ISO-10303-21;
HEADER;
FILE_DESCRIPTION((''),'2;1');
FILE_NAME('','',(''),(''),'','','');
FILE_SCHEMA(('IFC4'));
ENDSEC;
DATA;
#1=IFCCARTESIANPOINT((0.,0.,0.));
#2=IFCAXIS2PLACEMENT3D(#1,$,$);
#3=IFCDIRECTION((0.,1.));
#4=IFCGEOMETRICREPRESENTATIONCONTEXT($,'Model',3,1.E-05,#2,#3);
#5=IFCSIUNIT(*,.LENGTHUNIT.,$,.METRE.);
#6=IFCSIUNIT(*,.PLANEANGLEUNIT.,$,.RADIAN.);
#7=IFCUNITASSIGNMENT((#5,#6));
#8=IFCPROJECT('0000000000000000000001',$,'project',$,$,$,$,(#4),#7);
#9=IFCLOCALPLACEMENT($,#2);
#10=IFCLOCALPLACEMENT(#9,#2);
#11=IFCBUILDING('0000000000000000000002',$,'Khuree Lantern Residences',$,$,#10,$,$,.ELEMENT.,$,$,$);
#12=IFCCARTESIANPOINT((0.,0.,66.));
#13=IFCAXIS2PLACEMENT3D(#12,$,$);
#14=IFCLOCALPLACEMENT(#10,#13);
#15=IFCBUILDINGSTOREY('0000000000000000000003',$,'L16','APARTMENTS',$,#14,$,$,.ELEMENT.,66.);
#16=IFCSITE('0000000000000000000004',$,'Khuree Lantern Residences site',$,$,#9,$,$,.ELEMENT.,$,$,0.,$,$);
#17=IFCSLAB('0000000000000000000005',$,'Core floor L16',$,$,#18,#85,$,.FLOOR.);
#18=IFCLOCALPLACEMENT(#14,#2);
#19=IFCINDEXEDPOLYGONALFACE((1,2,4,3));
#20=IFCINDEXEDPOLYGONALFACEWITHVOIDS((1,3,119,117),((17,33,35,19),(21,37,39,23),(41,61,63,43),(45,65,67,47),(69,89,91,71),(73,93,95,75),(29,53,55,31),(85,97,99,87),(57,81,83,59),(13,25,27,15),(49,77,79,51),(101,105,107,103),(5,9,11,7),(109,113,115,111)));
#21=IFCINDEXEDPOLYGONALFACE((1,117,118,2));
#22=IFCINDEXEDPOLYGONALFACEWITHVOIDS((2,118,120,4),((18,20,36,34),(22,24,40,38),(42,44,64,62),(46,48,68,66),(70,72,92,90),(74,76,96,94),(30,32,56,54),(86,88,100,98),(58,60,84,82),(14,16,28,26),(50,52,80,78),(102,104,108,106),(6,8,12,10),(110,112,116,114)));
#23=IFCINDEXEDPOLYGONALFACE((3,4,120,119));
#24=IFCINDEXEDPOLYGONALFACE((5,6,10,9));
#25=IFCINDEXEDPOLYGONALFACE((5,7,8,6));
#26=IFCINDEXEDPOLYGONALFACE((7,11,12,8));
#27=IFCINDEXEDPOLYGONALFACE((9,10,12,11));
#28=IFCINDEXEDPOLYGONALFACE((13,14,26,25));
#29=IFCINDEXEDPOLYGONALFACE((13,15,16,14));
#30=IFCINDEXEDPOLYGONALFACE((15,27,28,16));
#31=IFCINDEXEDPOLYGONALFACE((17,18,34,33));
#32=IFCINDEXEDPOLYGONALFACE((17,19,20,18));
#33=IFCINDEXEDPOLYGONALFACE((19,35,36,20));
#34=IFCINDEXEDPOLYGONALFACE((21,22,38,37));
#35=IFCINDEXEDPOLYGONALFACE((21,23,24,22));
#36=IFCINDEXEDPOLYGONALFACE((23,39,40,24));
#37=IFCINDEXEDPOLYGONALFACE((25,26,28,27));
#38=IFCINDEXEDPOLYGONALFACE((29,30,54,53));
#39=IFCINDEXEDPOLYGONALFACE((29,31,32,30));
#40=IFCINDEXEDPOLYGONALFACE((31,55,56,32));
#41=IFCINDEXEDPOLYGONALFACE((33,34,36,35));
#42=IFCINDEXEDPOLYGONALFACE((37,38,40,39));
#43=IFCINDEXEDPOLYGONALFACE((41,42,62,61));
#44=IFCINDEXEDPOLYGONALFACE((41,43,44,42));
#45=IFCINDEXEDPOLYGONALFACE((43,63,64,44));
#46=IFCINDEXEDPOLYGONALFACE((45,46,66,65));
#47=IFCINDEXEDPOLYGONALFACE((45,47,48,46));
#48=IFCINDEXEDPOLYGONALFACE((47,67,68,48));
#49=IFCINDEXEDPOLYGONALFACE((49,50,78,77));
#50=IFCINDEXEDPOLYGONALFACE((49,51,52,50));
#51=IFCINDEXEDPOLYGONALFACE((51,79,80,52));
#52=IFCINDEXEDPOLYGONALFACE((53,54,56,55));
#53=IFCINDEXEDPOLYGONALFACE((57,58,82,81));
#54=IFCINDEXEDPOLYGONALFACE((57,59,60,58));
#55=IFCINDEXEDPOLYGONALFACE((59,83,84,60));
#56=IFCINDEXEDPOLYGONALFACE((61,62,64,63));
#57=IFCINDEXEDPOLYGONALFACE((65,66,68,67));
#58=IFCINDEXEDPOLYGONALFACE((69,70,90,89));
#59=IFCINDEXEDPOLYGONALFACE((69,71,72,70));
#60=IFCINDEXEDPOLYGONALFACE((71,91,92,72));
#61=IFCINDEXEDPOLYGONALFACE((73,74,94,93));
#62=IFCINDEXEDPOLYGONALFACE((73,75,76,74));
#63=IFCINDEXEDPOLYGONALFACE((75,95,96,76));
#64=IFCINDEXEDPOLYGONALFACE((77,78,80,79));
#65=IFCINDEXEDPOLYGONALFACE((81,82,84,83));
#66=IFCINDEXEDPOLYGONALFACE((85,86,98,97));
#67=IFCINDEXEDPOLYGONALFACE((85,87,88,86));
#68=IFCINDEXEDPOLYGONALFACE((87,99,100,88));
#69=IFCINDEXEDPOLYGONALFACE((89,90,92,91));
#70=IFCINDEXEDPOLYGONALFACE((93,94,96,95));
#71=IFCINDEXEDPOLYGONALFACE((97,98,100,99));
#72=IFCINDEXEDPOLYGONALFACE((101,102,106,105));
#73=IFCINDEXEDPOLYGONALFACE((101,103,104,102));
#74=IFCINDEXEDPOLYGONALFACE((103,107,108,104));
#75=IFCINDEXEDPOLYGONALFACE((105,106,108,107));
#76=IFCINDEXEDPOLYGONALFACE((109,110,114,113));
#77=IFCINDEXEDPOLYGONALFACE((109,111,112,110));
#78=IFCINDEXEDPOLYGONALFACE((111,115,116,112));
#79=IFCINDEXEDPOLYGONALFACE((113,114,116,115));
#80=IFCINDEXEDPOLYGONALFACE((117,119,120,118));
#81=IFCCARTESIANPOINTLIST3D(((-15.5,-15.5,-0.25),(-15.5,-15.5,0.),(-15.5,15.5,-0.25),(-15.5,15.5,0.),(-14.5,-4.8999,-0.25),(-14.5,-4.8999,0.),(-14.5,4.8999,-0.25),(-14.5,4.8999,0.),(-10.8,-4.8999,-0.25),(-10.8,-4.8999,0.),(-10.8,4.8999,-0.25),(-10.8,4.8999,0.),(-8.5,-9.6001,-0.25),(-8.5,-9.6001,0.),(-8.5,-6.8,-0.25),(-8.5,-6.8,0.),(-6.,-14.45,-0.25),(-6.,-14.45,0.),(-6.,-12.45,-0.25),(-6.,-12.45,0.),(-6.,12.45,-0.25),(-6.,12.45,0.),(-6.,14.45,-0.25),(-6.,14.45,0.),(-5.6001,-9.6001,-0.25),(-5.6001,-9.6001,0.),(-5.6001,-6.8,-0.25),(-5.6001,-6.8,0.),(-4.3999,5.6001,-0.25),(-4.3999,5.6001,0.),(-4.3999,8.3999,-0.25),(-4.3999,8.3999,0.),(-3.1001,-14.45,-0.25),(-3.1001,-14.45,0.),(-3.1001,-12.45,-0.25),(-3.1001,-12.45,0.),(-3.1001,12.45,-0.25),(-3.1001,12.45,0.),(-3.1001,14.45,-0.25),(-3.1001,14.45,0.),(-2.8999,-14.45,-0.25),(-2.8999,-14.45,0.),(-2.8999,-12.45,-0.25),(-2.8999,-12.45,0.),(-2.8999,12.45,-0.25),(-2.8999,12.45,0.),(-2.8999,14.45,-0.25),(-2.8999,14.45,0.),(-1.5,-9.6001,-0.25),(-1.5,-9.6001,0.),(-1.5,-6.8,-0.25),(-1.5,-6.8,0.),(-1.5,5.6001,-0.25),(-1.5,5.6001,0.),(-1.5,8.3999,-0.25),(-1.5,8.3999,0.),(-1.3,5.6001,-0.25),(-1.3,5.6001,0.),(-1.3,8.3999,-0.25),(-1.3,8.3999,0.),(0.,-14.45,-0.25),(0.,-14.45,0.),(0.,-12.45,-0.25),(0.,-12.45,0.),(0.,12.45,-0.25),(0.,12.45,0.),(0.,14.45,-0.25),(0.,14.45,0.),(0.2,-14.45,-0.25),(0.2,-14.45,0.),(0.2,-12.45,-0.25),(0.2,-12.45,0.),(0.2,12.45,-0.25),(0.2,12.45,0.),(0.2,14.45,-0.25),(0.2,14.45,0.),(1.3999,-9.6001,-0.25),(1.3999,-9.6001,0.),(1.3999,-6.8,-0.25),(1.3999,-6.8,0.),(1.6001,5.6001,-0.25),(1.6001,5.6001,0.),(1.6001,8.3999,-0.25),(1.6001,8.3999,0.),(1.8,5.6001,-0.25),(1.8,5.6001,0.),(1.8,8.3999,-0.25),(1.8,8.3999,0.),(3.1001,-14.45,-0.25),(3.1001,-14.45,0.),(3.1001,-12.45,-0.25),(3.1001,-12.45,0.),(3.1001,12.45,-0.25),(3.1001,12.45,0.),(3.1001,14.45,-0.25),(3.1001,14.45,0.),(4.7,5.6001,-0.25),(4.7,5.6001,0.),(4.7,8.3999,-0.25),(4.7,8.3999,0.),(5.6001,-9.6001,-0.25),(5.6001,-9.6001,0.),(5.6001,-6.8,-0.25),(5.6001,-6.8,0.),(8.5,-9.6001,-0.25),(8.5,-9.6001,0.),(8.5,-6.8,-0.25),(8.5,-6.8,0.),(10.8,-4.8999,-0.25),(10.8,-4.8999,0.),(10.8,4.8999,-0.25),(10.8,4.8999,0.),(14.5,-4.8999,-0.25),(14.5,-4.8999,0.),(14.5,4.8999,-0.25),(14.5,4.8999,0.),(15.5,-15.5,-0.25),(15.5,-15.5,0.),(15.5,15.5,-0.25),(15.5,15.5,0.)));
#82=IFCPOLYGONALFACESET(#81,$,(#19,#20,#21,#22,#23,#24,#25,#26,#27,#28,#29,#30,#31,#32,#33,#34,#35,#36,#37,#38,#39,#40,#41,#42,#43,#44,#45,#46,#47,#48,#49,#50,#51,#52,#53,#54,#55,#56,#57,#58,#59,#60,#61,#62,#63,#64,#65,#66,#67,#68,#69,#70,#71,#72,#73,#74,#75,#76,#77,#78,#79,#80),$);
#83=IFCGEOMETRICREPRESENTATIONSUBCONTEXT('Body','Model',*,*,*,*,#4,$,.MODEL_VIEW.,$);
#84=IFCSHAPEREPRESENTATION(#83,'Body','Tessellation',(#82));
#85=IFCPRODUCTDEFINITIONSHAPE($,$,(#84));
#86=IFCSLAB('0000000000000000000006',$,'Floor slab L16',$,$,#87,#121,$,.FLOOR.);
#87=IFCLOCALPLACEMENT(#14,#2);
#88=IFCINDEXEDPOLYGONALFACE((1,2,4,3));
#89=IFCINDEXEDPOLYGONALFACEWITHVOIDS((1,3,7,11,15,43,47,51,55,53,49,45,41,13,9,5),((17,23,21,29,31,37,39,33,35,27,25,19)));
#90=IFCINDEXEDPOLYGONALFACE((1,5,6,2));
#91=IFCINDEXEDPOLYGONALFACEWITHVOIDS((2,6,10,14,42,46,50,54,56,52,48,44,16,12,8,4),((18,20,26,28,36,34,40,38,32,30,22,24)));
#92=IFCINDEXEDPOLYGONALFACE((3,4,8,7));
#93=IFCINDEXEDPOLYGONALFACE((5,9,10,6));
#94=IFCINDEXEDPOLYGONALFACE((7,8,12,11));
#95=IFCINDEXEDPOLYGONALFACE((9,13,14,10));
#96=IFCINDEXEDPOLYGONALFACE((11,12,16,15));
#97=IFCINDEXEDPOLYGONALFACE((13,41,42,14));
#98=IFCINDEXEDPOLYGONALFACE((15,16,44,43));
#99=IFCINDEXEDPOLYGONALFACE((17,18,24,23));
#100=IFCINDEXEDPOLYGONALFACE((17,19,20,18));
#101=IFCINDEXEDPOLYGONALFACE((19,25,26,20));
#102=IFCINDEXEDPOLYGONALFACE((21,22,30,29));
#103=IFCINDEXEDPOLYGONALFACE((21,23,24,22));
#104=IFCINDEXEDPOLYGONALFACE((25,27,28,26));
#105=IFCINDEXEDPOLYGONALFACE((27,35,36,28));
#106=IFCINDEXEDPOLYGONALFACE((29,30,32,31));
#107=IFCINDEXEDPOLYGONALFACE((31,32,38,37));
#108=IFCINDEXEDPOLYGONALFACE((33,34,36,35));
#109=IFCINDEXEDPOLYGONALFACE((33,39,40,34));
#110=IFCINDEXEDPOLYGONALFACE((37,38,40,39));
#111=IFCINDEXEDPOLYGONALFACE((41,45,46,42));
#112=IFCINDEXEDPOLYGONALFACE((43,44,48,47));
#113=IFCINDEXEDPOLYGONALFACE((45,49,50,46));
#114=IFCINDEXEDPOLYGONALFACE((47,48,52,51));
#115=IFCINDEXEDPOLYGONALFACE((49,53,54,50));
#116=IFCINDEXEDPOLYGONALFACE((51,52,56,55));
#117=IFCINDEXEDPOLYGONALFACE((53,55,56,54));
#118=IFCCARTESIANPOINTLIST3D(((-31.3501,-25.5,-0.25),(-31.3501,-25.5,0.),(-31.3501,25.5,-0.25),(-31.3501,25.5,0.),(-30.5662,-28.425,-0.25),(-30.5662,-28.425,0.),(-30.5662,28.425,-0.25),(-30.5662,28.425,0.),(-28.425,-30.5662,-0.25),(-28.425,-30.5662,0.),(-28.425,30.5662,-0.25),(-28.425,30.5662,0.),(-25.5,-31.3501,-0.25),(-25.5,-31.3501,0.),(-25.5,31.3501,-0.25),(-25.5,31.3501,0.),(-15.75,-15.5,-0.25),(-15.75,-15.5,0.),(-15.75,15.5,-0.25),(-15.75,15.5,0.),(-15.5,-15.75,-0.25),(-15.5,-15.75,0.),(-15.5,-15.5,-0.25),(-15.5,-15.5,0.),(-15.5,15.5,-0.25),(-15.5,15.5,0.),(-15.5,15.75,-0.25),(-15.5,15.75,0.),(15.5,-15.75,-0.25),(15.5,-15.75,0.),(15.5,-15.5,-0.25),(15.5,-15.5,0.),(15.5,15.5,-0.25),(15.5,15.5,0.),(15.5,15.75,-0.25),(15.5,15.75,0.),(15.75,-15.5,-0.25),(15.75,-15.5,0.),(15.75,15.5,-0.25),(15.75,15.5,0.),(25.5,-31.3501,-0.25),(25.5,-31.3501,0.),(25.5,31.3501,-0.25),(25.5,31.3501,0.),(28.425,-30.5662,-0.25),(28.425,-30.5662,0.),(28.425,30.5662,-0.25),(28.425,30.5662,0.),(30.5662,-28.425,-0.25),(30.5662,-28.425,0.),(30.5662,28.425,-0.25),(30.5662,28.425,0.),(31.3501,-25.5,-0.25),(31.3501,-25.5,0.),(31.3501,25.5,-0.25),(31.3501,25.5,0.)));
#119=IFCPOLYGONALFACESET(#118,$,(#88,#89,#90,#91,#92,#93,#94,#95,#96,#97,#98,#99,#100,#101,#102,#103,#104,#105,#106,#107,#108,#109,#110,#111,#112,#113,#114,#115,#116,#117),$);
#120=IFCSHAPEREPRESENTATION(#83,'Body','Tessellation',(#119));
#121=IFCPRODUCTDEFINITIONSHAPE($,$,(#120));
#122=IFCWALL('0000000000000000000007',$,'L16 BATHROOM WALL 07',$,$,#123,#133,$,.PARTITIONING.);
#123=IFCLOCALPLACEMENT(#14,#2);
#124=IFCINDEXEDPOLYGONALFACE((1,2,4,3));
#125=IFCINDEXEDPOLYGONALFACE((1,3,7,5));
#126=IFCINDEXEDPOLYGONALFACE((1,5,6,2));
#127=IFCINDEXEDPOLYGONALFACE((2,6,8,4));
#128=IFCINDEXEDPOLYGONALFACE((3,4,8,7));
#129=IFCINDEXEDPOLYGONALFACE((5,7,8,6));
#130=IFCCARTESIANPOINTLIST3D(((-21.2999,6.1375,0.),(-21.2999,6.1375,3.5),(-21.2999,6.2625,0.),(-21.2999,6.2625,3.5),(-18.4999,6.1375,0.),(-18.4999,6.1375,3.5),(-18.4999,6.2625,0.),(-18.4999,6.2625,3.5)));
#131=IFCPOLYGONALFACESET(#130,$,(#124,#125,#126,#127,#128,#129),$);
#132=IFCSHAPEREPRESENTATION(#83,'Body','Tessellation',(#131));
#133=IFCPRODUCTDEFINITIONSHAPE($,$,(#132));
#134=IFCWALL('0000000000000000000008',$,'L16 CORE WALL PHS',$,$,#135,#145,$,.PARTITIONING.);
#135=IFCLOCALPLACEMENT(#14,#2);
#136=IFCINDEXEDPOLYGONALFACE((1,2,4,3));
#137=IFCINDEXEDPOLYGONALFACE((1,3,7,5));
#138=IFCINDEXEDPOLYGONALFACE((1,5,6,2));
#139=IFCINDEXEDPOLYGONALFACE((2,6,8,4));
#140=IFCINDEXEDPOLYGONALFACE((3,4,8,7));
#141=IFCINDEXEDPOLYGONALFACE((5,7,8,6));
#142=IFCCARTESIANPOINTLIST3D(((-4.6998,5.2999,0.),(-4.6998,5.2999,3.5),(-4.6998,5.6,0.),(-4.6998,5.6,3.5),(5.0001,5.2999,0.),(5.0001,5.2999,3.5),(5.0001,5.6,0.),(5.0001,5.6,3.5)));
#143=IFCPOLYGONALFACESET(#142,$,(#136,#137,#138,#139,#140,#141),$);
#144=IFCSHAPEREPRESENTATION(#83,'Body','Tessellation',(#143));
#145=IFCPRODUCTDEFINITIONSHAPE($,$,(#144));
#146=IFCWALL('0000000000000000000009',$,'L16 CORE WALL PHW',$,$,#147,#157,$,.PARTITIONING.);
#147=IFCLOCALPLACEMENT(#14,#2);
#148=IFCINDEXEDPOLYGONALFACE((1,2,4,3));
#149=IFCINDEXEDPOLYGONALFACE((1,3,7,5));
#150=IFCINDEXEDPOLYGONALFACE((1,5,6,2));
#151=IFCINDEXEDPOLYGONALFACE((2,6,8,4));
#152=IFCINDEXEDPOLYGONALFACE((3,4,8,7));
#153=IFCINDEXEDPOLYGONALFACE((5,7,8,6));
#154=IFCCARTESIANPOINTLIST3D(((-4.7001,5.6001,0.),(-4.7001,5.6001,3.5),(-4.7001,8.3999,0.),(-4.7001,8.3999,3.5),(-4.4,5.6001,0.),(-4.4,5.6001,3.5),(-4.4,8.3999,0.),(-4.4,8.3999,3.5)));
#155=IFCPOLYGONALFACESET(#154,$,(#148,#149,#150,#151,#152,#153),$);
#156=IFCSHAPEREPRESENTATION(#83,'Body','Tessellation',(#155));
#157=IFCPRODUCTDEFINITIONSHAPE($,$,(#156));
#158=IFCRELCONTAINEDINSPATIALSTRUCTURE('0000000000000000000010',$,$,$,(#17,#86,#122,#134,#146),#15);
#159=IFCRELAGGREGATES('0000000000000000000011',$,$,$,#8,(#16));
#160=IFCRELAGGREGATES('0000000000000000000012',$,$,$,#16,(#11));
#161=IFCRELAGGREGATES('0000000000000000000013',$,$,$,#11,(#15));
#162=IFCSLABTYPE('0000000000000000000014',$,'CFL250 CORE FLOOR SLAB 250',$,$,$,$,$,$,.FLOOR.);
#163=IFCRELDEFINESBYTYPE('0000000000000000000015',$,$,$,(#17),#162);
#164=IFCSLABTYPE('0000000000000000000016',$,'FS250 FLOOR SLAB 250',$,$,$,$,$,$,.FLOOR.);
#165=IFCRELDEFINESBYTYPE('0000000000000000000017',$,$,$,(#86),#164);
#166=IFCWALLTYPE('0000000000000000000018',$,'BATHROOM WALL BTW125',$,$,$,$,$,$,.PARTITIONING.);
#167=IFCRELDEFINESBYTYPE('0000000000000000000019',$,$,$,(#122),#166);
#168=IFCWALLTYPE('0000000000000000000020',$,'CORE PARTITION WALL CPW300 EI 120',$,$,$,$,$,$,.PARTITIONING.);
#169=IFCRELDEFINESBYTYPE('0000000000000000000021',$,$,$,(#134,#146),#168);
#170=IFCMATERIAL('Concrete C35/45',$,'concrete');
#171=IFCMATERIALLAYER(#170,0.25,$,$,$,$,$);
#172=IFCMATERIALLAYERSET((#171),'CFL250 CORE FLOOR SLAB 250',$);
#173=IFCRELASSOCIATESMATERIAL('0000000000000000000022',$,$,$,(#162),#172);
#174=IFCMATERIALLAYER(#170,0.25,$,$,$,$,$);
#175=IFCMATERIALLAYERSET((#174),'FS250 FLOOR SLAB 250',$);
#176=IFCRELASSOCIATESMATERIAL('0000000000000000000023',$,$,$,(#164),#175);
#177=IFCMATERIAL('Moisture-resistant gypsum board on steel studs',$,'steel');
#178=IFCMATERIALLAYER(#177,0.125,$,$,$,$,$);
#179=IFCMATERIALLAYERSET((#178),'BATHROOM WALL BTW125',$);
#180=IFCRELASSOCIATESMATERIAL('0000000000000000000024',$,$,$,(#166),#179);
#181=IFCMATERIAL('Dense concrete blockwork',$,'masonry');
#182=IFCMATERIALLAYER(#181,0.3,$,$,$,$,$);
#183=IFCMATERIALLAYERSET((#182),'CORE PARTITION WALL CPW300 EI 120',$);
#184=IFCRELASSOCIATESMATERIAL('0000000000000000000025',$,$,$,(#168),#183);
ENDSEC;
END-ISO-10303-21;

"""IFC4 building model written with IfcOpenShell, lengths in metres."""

from ifc_helpers import new_model, si_unit, direction, frame, frame_2d, origin, place, context, subcontext, project, spatial, polyline, rectangle, outline, extrude, material, layer, layer_set, type_object, element, save


model = new_model("IFC4")

# Units and contexts
model_context = context("Model", 3, precision=1e-05, world=origin(), true_north=direction((0.0, 1.0)))
body_context = subcontext(model_context, "Body", "Model", "MODEL_VIEW")
ifc_project = project(units=[si_unit("LENGTHUNIT", "METRE"), si_unit("PLANEANGLEUNIT", "RADIAN")], contexts=[model_context])

# Site, building, storey
site_placement = place(None, origin())
site = spatial("IfcSite", under=ifc_project, at=site_placement, Name="Khuree Lantern Residences site", CompositionType="ELEMENT", RefElevation=0.0)
building_placement = place(site_placement, origin())
building = spatial("IfcBuilding", under=site, at=building_placement, Name="Khuree Lantern Residences", CompositionType="ELEMENT")
storey_placement = place(building_placement, frame((0.0, 0.0, 66.0)))
storey = spatial("IfcBuildingStorey", under=building, at=storey_placement, Name="L16", Description="APARTMENTS", CompositionType="ELEMENT", Elevation=66.0)

# Slabs
ifc_material_1 = material(Name="Concrete C35/45", Category="concrete")
ifc_layer_1 = layer(ifc_material_1, 0.25)
ifc_layer_set_1 = layer_set([ifc_layer_1], Name="CFL250 CORE FLOOR SLAB 250")
slab_type_1 = type_object("IfcSlabType", Name="CFL250 CORE FLOOR SLAB 250", PredefinedType="FLOOR", material=ifc_layer_set_1)
slab_1_placement = place(storey_placement, frame((0.0, 0.0, -0.25)))
element("IfcSlab", 1, at=slab_1_placement, inside=storey, type_object=slab_type_1, Name="Core floor L16", PredefinedType="FLOOR", context=body_context, shape_type="SweptSolid", body=[
    extrude(outline(polyline([(-15.5, -15.5), (-15.5, 15.5), (15.5, 15.5), (15.5, -15.5), (-15.5, -15.5)]), holes=[polyline([(14.5, 4.8999), (10.8, 4.8999), (10.8, -4.8999), (14.5, -4.8999), (14.5, 4.8999)]), polyline([(8.5, -6.8), (5.6001, -6.8), (5.6001, -9.6001), (8.5, -9.6001), (8.5, -6.8)]), polyline([(4.7, 8.3999), (1.8, 8.3999), (1.8, 5.6001), (4.7, 5.6001), (4.7, 8.3999)]), polyline([(0.2, -12.45), (0.2, -14.45), (3.1001, -14.45), (3.1001, -12.45), (0.2, -12.45)]), polyline([(3.1001, 14.45), (0.2, 14.45), (0.2, 12.45), (3.1001, 12.45), (3.1001, 14.45)]), polyline([(1.6001, 8.3999), (-1.3, 8.3999), (-1.3, 5.6001), (1.6001, 5.6001), (1.6001, 8.3999)]), polyline([(1.3999, -6.8), (-1.5, -6.8), (-1.5, -9.6001), (1.3999, -9.6001), (1.3999, -6.8)]), polyline([(0.0, -12.45), (-2.8999, -12.45), (-2.8999, -14.45), (0.0, -14.45), (0.0, -12.45)]), polyline([(0.0, 14.45), (-2.8999, 14.45), (-2.8999, 12.45), (0.0, 12.45), (0.0, 14.45)]), polyline([(-1.5, 8.3999), (-4.3999, 8.3999), (-4.3999, 5.6001), (-1.5, 5.6001), (-1.5, 8.3999)]), polyline([(-6.0, -12.45), (-6.0, -14.45), (-3.1001, -14.45), (-3.1001, -12.45), (-6.0, -12.45)]), polyline([(-3.1001, 14.45), (-6.0, 14.45), (-6.0, 12.45), (-3.1001, 12.45), (-3.1001, 14.45)]), polyline([(-5.6001, -6.8), (-8.5, -6.8), (-8.5, -9.6001), (-5.6001, -9.6001), (-5.6001, -6.8)]), polyline([(-10.8, 4.8999), (-14.5, 4.8999), (-14.5, -4.8999), (-10.8, -4.8999), (-10.8, 4.8999)])]), origin(), (0.0, 0.0, 1.0), 0.25),
])
ifc_layer_2 = layer(ifc_material_1, 0.25)
ifc_layer_set_2 = layer_set([ifc_layer_2], Name="FS250 FLOOR SLAB 250")
slab_type_2 = type_object("IfcSlabType", Name="FS250 FLOOR SLAB 250", PredefinedType="FLOOR", material=ifc_layer_set_2)
slab_2_placement = place(storey_placement, frame((0.0, 0.0, -0.25)))
element("IfcSlab", 2, at=slab_2_placement, inside=storey, type_object=slab_type_2, Name="Floor slab L16", PredefinedType="FLOOR", context=body_context, shape_type="SweptSolid", body=[
    extrude(outline(polyline([(-28.425, -30.5662), (-30.5662, -28.425), (-31.3501, -25.5), (-31.3501, 25.5), (-30.5662, 28.425), (-28.425, 30.5662), (-25.5, 31.3501), (25.5, 31.3501), (28.425, 30.5662), (30.5662, 28.425), (31.3501, 25.5), (31.3501, -25.5), (30.5662, -28.425), (28.425, -30.5662), (25.5, -31.3501), (-25.5, -31.3501), (-28.425, -30.5662)]), holes=[polyline([(15.75, 15.5), (15.5, 15.5), (15.5, 15.75), (-15.5, 15.75), (-15.5, 15.5), (-15.75, 15.5), (-15.75, -15.5), (-15.5, -15.5), (-15.5, -15.75), (15.5, -15.75), (15.5, -15.5), (15.75, -15.5), (15.75, 15.5)])]), origin(), (0.0, 0.0, 1.0), 0.25),
])

# Walls
ifc_material_2 = material(Name="Moisture-resistant gypsum board on steel studs", Category="steel")
ifc_layer_3 = layer(ifc_material_2, 0.125)
ifc_layer_set_3 = layer_set([ifc_layer_3], Name="BATHROOM WALL BTW125")
wall_type_1 = type_object("IfcWallType", Name="BATHROOM WALL BTW125", PredefinedType="PARTITIONING", material=ifc_layer_set_3)
wall_1_placement = place(storey_placement, frame((-18.5, 6.2, 0.0), z_axis=(0.0, 0.0, 1.0), x_axis=(-1.0, 0.0, 0.0)))
element("IfcWall", 3, at=wall_1_placement, inside=storey, type_object=wall_type_1, Name="L16 BATHROOM WALL 07", PredefinedType="PARTITIONING", context=body_context, shape_type="SweptSolid", body=[
    extrude(rectangle(XDim=2.8, YDim=0.125, at=frame_2d((1.3999, 0.0))), origin(), (0.0, 0.0, 1.0), 3.5),
])
ifc_material_3 = material(Name="Dense concrete blockwork", Category="masonry")
ifc_layer_4 = layer(ifc_material_3, 0.3)
ifc_layer_set_4 = layer_set([ifc_layer_4], Name="CORE PARTITION WALL CPW300 EI 120")
wall_type_2 = type_object("IfcWallType", Name="CORE PARTITION WALL CPW300 EI 120", PredefinedType="PARTITIONING", material=ifc_layer_set_4)
wall_2_placement = place(storey_placement, frame((-4.7, 5.45, 0.0), z_axis=(0.0, 0.0, 1.0), x_axis=(1.0, 0.0, 0.0)))
element("IfcWall", 4, at=wall_2_placement, inside=storey, type_object=wall_type_2, Name="L16 CORE WALL PHS", PredefinedType="PARTITIONING", context=body_context, shape_type="SweptSolid", body=[
    extrude(rectangle(XDim=9.7, YDim=0.3, at=frame_2d((4.8501, 0.0))), origin(), (0.0, 0.0, 1.0), 3.5),
])
wall_3_placement = place(storey_placement, frame((-4.55, 5.6001, 0.0), z_axis=(0.0, 0.0, 1.0), x_axis=(0.0, 1.0, 0.0)))
element("IfcWall", 5, at=wall_3_placement, inside=storey, type_object=wall_type_2, Name="L16 CORE WALL PHW", PredefinedType="PARTITIONING", context=body_context, shape_type="SweptSolid", body=[
    extrude(rectangle(XDim=2.7998, YDim=0.3, at=frame_2d((1.3999, 0.0))), origin(), (0.0, 0.0, 1.0), 3.5),
])

save(model, "model.ifc")
